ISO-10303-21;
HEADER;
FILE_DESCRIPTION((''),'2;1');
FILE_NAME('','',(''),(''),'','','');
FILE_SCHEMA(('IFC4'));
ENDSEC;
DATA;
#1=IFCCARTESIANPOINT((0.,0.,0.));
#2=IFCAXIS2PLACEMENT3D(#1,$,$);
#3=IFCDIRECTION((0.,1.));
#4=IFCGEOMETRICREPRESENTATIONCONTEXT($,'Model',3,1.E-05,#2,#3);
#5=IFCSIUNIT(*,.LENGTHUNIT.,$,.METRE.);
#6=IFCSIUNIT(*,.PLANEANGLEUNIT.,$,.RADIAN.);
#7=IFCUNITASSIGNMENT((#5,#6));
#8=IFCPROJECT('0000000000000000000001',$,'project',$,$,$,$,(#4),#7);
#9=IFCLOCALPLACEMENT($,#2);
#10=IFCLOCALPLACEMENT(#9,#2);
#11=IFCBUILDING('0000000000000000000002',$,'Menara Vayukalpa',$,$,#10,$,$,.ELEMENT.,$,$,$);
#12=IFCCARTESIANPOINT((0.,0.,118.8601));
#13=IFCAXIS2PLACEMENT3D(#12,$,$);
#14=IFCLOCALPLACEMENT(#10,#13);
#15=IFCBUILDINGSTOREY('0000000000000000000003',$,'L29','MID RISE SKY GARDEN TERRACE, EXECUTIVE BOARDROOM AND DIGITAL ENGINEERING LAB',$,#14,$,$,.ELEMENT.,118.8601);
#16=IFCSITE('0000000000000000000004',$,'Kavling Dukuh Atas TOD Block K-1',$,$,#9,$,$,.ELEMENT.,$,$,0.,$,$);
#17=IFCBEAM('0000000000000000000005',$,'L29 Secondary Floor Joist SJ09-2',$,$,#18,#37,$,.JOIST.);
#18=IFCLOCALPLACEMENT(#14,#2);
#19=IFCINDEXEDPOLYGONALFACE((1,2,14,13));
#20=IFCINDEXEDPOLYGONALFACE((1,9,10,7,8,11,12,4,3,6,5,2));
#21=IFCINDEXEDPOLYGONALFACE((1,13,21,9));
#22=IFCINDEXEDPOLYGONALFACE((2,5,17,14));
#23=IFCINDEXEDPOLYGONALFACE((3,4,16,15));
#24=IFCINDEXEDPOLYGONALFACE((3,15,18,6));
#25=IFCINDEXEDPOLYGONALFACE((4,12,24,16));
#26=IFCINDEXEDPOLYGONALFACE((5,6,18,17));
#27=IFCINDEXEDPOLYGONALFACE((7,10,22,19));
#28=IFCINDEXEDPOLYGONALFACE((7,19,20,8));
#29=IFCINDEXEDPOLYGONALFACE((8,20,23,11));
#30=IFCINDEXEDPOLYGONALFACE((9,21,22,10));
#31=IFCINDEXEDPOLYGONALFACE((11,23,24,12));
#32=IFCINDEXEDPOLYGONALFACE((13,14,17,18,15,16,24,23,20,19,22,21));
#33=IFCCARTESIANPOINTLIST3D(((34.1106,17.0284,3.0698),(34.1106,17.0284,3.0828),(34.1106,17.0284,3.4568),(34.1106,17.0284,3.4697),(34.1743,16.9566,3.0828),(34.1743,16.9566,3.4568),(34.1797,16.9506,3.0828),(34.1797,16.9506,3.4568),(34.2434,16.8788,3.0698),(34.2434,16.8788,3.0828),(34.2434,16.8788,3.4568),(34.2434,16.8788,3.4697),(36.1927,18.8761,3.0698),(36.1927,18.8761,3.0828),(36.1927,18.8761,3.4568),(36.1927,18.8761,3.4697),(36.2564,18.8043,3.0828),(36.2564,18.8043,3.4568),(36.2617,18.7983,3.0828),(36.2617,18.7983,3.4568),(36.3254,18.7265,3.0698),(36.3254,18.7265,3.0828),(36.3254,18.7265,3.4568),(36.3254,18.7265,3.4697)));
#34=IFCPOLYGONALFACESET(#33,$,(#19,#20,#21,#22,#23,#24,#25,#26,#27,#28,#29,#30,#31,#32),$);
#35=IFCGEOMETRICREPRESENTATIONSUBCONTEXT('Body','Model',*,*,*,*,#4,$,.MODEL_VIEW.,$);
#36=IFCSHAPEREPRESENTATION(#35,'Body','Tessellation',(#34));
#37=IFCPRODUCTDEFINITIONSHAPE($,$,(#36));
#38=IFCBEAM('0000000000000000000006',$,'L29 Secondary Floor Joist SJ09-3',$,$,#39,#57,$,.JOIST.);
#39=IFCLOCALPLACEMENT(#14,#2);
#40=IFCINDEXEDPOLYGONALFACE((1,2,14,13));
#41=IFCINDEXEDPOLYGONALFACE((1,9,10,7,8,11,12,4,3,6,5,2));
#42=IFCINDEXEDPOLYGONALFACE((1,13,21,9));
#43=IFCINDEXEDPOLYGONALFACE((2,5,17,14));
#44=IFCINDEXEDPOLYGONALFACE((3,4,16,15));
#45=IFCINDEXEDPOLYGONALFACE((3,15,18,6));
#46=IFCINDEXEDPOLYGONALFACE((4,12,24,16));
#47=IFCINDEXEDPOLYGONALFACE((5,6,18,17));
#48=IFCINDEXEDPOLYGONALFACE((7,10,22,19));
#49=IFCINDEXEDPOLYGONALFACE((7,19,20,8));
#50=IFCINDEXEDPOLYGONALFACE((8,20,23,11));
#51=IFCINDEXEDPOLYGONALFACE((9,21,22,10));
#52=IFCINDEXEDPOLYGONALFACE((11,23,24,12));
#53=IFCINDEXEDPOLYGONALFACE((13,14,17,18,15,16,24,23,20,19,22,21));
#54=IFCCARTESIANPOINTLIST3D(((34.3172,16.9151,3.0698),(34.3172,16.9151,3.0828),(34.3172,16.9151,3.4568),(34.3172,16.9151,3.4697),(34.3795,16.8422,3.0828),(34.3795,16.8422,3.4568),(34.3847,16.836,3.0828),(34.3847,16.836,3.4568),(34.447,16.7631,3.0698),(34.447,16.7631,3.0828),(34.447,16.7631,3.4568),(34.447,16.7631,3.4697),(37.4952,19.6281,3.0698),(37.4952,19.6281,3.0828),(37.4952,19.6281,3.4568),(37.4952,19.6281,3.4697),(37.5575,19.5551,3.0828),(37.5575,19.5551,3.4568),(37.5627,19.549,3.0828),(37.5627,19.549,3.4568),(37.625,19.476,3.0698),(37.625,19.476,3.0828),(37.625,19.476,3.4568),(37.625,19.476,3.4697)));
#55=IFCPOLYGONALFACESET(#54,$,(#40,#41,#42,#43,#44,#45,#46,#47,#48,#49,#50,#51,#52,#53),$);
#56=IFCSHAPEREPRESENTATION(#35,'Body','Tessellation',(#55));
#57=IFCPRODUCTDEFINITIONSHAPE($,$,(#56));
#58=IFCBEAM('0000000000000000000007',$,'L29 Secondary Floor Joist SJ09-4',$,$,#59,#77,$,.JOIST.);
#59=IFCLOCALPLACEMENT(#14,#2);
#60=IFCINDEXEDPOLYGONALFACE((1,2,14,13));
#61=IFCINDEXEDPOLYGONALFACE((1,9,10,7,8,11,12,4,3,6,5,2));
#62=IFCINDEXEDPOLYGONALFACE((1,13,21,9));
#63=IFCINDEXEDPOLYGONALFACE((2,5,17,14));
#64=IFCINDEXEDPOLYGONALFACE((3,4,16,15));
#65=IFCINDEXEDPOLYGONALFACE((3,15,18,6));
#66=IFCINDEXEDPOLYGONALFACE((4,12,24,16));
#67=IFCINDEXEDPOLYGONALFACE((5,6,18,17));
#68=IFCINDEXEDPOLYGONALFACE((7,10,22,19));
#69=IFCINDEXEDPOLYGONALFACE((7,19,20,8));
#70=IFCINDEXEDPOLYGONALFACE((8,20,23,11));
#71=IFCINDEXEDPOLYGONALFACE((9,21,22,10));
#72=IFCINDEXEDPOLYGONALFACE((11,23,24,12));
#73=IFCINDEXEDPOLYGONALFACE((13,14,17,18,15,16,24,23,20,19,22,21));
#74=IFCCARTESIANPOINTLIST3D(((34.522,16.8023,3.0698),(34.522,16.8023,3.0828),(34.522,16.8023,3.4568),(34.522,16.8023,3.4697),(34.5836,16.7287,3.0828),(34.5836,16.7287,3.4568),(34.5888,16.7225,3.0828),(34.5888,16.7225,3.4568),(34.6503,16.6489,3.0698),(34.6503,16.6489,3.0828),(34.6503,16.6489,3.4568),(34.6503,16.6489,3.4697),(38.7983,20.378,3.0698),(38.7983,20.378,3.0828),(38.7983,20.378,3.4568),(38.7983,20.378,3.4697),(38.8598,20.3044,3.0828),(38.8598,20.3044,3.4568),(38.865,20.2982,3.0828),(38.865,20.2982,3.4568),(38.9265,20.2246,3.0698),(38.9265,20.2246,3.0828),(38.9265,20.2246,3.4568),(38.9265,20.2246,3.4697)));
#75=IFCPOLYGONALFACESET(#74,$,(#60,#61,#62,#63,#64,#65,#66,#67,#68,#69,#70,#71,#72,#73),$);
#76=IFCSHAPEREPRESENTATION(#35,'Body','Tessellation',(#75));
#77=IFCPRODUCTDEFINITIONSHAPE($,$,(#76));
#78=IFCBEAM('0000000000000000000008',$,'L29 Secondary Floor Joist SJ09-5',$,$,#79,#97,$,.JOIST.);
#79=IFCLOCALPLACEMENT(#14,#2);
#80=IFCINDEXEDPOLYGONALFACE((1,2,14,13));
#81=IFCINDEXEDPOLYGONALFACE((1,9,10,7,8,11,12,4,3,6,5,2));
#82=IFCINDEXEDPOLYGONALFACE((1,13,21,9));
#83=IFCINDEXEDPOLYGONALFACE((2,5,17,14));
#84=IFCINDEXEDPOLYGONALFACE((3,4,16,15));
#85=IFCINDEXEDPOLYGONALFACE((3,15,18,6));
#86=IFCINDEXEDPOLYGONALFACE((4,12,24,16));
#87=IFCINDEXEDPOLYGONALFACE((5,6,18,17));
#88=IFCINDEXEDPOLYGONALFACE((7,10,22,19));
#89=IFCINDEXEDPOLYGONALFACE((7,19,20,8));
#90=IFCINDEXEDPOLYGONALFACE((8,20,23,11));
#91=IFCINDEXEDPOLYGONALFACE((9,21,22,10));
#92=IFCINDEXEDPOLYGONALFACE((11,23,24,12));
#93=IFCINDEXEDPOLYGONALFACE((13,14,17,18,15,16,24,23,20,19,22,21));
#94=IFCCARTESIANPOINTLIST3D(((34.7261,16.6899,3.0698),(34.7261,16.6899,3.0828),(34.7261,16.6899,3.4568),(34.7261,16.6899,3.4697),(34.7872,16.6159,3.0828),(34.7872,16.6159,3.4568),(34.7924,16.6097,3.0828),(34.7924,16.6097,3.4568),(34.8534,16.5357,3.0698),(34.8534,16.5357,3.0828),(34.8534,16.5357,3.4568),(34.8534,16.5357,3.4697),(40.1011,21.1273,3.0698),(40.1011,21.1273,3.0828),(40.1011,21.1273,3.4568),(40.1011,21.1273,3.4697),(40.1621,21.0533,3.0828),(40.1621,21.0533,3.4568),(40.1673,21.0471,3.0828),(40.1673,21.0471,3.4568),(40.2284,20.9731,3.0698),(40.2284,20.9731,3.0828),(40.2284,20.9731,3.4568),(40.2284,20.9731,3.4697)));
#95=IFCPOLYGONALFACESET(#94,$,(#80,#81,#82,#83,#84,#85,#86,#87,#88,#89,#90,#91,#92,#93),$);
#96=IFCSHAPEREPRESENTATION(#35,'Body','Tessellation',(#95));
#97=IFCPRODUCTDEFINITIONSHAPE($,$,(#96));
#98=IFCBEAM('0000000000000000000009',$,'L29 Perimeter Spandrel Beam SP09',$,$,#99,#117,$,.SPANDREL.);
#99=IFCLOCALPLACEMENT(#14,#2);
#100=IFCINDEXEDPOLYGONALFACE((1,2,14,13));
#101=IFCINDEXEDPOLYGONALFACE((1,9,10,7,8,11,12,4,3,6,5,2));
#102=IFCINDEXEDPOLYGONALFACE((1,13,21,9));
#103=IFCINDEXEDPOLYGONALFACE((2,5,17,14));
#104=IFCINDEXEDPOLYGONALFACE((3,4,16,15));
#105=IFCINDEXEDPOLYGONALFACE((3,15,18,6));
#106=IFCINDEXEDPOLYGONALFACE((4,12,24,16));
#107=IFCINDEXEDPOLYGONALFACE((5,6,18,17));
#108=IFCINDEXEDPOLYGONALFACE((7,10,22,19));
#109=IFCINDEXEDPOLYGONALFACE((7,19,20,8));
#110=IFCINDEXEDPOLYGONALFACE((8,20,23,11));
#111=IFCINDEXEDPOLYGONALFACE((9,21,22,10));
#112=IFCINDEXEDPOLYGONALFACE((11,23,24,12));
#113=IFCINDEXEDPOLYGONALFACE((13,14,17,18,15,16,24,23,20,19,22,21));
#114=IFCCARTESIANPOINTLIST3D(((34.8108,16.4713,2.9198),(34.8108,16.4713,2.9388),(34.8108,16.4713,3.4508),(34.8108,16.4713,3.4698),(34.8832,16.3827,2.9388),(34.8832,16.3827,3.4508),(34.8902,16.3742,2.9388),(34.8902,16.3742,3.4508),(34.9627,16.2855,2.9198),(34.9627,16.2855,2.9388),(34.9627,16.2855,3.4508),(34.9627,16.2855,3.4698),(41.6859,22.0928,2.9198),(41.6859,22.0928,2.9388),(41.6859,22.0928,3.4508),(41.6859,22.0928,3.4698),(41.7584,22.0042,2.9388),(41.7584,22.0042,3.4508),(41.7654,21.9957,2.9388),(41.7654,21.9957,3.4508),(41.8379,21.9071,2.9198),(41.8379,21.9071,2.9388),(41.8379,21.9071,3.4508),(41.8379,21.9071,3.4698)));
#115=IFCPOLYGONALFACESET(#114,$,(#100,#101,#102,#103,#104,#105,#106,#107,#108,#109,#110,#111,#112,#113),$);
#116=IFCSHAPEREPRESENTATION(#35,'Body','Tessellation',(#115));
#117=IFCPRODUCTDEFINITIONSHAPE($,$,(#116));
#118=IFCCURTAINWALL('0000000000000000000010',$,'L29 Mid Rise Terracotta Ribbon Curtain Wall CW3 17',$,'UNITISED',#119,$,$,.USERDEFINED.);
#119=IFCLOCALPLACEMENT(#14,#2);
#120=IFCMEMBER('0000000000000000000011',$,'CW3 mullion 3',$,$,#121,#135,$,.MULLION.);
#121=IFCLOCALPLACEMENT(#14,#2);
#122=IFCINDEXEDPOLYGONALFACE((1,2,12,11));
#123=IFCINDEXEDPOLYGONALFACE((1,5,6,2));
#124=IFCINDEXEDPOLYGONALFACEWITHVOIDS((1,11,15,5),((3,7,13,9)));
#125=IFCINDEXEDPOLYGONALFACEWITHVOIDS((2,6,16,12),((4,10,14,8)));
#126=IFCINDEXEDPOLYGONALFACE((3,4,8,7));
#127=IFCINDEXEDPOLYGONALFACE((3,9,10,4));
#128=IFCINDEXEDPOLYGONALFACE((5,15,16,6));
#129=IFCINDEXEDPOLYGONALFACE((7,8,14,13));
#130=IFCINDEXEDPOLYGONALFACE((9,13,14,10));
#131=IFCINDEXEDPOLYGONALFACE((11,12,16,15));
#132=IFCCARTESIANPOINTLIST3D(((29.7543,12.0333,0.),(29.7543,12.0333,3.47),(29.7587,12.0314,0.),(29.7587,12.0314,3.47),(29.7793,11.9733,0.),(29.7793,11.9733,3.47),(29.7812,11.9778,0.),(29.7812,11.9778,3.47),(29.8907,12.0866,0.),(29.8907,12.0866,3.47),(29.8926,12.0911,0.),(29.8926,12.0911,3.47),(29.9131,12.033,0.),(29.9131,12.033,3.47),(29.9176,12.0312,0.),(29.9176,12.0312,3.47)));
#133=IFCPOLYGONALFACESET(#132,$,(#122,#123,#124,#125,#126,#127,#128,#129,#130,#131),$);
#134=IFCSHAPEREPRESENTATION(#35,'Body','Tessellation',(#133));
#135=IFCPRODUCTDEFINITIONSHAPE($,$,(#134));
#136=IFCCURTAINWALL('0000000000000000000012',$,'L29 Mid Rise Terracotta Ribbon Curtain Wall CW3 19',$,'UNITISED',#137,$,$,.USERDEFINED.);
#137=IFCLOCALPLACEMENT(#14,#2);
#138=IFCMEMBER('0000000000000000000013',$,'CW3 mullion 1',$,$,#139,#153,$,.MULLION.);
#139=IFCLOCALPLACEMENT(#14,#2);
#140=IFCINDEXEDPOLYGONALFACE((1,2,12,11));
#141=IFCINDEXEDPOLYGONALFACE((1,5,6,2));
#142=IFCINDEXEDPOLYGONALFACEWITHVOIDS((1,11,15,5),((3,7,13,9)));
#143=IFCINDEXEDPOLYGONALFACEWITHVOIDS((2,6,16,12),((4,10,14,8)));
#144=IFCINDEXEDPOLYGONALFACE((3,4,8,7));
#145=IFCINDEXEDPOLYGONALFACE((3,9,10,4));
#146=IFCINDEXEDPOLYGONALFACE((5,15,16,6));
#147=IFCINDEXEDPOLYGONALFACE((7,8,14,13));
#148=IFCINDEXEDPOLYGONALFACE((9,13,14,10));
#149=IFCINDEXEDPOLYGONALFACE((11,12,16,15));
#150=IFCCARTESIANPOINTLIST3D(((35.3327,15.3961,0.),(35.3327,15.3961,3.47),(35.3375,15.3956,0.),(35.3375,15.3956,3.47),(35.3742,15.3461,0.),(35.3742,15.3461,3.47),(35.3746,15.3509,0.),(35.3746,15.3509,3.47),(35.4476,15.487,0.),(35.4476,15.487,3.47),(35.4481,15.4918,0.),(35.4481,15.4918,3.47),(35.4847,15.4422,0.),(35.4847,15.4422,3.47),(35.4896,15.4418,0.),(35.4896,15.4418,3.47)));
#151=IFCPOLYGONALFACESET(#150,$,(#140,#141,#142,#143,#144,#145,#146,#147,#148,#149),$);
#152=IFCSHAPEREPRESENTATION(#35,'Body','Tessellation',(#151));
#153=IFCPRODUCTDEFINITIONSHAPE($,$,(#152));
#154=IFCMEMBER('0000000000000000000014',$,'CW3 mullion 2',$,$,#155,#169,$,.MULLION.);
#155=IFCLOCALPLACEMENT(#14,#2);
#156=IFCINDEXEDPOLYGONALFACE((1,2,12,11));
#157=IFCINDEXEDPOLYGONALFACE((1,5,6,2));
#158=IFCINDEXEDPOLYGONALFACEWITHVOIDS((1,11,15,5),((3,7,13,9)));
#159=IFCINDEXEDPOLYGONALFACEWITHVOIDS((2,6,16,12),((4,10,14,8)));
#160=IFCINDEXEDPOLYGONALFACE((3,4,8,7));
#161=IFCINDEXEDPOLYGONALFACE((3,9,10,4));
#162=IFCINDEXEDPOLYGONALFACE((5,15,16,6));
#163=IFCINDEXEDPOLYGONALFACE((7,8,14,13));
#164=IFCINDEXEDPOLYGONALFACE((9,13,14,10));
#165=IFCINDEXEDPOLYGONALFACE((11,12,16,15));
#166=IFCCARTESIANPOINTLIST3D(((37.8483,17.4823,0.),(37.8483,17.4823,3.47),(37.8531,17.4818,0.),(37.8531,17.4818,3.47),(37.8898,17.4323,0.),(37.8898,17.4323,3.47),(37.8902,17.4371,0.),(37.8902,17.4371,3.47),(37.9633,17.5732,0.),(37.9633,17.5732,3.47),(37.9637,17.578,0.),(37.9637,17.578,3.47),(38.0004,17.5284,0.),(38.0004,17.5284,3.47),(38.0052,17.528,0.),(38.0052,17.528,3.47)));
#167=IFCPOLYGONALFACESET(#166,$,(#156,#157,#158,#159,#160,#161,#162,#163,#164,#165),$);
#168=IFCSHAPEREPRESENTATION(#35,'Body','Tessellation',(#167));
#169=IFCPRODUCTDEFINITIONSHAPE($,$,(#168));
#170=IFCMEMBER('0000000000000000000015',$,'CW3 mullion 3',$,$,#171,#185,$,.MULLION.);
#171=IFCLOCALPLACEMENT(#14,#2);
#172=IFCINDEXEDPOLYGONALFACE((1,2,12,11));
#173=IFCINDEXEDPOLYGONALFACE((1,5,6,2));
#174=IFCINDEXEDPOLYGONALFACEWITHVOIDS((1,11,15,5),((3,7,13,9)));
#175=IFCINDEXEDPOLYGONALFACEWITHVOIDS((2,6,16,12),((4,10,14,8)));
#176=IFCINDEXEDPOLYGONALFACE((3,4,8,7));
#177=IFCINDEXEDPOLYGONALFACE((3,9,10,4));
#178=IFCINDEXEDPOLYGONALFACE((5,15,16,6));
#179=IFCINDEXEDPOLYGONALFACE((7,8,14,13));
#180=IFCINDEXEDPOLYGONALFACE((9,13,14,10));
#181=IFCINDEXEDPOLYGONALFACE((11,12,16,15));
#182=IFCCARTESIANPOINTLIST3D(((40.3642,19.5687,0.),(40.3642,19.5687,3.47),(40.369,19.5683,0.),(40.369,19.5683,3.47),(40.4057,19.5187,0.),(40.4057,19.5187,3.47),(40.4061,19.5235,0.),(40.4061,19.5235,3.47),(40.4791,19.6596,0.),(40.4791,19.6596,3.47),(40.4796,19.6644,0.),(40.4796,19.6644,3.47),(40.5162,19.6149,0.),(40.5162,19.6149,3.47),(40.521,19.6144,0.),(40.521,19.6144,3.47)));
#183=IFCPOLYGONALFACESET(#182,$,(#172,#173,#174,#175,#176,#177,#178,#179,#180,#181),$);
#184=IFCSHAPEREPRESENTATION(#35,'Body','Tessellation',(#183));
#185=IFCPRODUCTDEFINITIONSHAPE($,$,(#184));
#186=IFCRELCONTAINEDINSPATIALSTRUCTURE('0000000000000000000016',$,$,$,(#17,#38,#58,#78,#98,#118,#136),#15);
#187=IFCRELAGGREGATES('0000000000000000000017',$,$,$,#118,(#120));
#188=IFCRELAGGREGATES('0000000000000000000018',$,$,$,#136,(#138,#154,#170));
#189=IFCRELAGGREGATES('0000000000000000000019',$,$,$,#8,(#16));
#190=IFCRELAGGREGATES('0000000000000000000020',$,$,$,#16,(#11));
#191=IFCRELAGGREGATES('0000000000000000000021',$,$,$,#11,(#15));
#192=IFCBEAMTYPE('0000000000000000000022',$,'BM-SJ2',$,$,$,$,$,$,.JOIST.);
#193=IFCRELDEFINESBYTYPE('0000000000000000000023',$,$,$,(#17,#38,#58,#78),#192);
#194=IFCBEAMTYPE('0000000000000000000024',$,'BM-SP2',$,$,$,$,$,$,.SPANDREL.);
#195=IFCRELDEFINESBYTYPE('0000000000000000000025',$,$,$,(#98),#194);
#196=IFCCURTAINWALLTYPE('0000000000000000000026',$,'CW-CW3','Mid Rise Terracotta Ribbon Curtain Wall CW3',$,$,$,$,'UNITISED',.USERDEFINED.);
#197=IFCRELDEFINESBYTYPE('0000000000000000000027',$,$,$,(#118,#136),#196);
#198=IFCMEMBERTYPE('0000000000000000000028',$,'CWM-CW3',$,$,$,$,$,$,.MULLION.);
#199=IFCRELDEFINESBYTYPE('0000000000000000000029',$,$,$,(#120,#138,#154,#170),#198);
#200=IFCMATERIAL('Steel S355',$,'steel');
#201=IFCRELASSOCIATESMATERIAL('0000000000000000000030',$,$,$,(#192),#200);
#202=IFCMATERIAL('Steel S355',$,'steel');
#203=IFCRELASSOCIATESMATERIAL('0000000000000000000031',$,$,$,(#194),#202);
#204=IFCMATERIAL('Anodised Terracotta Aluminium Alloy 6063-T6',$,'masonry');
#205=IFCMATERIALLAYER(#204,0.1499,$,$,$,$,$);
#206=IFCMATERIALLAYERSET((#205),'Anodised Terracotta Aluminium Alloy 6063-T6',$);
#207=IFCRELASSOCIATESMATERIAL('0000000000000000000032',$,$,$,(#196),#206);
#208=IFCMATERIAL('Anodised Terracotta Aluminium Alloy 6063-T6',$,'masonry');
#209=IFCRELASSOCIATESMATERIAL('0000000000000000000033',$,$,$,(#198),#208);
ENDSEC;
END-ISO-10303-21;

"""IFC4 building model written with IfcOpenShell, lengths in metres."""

from ifc_helpers import new_model, si_unit, direction, frame, origin, origin_2d, place, context, subcontext, project, spatial, hollow_rectangle, i_section, extrude, material, layer, layer_set, material_profile, profile_set, type_object, element, aggregate, save


model = new_model("IFC4")

# Units and contexts
model_context = context("Model", 3, precision=1e-05, world=origin(), true_north=direction((0.0, 1.0)))
body_context = subcontext(model_context, "Body", "Model", "MODEL_VIEW")
ifc_project = project(units=[si_unit("LENGTHUNIT", "METRE"), si_unit("PLANEANGLEUNIT", "RADIAN")], contexts=[model_context])

# Site, building, storey
site_placement = place(None, origin())
site = spatial("IfcSite", under=ifc_project, at=site_placement, Name="Kavling Dukuh Atas TOD Block K-1", CompositionType="ELEMENT", RefElevation=0.0)
building_placement = place(site_placement, origin())
building = spatial("IfcBuilding", under=site, at=building_placement, Name="Menara Vayukalpa", CompositionType="ELEMENT")
storey_placement = place(building_placement, frame((0.0, 0.0, 118.8601)))
storey = spatial("IfcBuildingStorey", under=building, at=storey_placement, Name="L29", Description="MID RISE SKY GARDEN TERRACE, EXECUTIVE BOARDROOM AND DIGITAL ENGINEERING LAB", CompositionType="ELEMENT", Elevation=118.8601)

# Beams
ifc_material_1 = material(Name="Steel S355", Category="steel")
ifc_material_profile_1 = material_profile(ifc_material_1, i_section(OverallWidth=0.2, OverallDepth=0.3999, WebThickness=0.0081, FlangeThickness=0.0129, at=origin_2d()), Name="WF 400x200x8x13")
ifc_profile_set_1 = profile_set([ifc_material_profile_1], Name="Steel S355")
beam_type_1 = type_object("IfcBeamType", Name="BM-SJ2", PredefinedType="JOIST", material=ifc_profile_set_1)
beam_1_placement = place(storey_placement, frame((34.177, 16.9536, 3.2698), z_axis=(0.747951, 0.663754, 0.0), x_axis=(-0.663754, 0.747951, 0.0)))
element("IfcBeam", 1, at=beam_1_placement, inside=storey, type_object=beam_type_1, Name="L29 Secondary Floor Joist SJ09-2", PredefinedType="JOIST", context=body_context, shape_type="SweptSolid", body=[
    extrude(i_section(OverallWidth=0.2, OverallDepth=0.3999, WebThickness=0.0081, FlangeThickness=0.0129, at=origin_2d()), origin(), (0.0, 0.0, 1.0), 2.7837),
])
beam_2_placement = place(storey_placement, frame((34.3821, 16.8391, 3.2698), z_axis=(0.760567, 0.64926, 0.0), x_axis=(-0.64926, 0.760567, 0.0)))
element("IfcBeam", 2, at=beam_2_placement, inside=storey, type_object=beam_type_1, Name="L29 Secondary Floor Joist SJ09-3", PredefinedType="JOIST", context=body_context, shape_type="SweptSolid", body=[
    extrude(i_section(OverallWidth=0.2, OverallDepth=0.3999, WebThickness=0.0081, FlangeThickness=0.0129, at=origin_2d()), origin(), (0.0, 0.0, 1.0), 4.1785),
])
beam_3_placement = place(storey_placement, frame((34.5862, 16.7256, 3.2698), z_axis=(0.76714, 0.64148, 0.0), x_axis=(-0.64148, 0.76714, 0.0)))
element("IfcBeam", 3, at=beam_3_placement, inside=storey, type_object=beam_type_1, Name="L29 Secondary Floor Joist SJ09-4", PredefinedType="JOIST", context=body_context, shape_type="SweptSolid", body=[
    extrude(i_section(OverallWidth=0.2, OverallDepth=0.3999, WebThickness=0.0081, FlangeThickness=0.0129, at=origin_2d()), origin(), (0.0, 0.0, 1.0), 5.5742),
])
beam_4_placement = place(storey_placement, frame((34.7898, 16.6128, 3.2698), z_axis=(0.771153, 0.63665, 0.0), x_axis=(-0.63665, 0.771153, 0.0)))
element("IfcBeam", 4, at=beam_4_placement, inside=storey, type_object=beam_type_1, Name="L29 Secondary Floor Joist SJ09-5", PredefinedType="JOIST", context=body_context, shape_type="SweptSolid", body=[
    extrude(i_section(OverallWidth=0.2, OverallDepth=0.3999, WebThickness=0.0081, FlangeThickness=0.0129, at=origin_2d()), origin(), (0.0, 0.0, 1.0), 6.97),
])
ifc_material_2 = material(Name="Steel S355", Category="steel")
ifc_material_profile_2 = material_profile(ifc_material_2, i_section(OverallWidth=0.24, OverallDepth=0.55, WebThickness=0.011, FlangeThickness=0.019, at=origin_2d()), Name="WF 550x240x11x19")
ifc_profile_set_2 = profile_set([ifc_material_profile_2], Name="Steel S355")
beam_type_2 = type_object("IfcBeamType", Name="BM-SP2", PredefinedType="SPANDREL", material=ifc_profile_set_2)
beam_5_placement = place(storey_placement, frame((34.8867, 16.3784, 3.1948), z_axis=(0.774157, 0.632994, 0.0), x_axis=(-0.632994, 0.774157, 0.0)))
element("IfcBeam", 5, at=beam_5_placement, inside=storey, type_object=beam_type_2, Name="L29 Perimeter Spandrel Beam SP09", PredefinedType="SPANDREL", context=body_context, shape_type="SweptSolid", body=[
    extrude(i_section(OverallWidth=0.24, OverallDepth=0.55, WebThickness=0.011, FlangeThickness=0.019, at=origin_2d()), origin(), (0.0, 0.0, 1.0), 8.8809),
])

# Curtain wall, member
ifc_material_3 = material(Name="Anodised Terracotta Aluminium Alloy 6063-T6", Category="masonry")
ifc_layer_1 = layer(ifc_material_3, 0.1499)
ifc_layer_set_1 = layer_set([ifc_layer_1], Name="Anodised Terracotta Aluminium Alloy 6063-T6")
curtain_wall_type = type_object("IfcCurtainWallType", Name="CW-CW3", Description="Mid Rise Terracotta Ribbon Curtain Wall CW3", ElementType="UNITISED", PredefinedType="USERDEFINED", material=ifc_layer_set_1)
curtain_wall_1_placement = place(storey_placement, origin())
curtain_wall_1 = element("IfcCurtainWall", 6, at=curtain_wall_1_placement, inside=storey, type_object=curtain_wall_type, Name="L29 Mid Rise Terracotta Ribbon Curtain Wall CW3 17", ObjectType="UNITISED", PredefinedType="USERDEFINED")
ifc_material_4 = material(Name="Anodised Terracotta Aluminium Alloy 6063-T6", Category="masonry")
ifc_material_profile_3 = material_profile(ifc_material_4, hollow_rectangle(XDim=0.0649, YDim=0.1499, WallThickness=0.0034, at=origin_2d()), Name="ALU 65x150x3.5")
ifc_profile_set_3 = profile_set([ifc_material_profile_3], Name="Anodised Terracotta Aluminium Alloy 6063-T6")
member_type_1 = type_object("IfcMemberType", Name="CWM-CW3", PredefinedType="MULLION", material=ifc_profile_set_3)
member_1_placement = place(storey_placement, frame((29.8359, 12.0322, 0.0), z_axis=(0.0, 0.0, 1.0), x_axis=(-0.385894, 0.922543, 0.0)))
member_1 = element("IfcMember", 7, at=member_1_placement, type_object=member_type_1, Name="CW3 mullion 3", PredefinedType="MULLION", context=body_context, shape_type="SweptSolid", body=[
    extrude(hollow_rectangle(XDim=0.0649, YDim=0.1499, WallThickness=0.0034, at=origin_2d()), origin(), (0.0, 0.0, 1.0), 3.47),
])
aggregate(curtain_wall_1, [member_1])

# Curtain wall, members
curtain_wall_2_placement = place(storey_placement, origin())
curtain_wall_2 = element("IfcCurtainWall", 8, at=curtain_wall_2_placement, inside=storey, type_object=curtain_wall_type, Name="L29 Mid Rise Terracotta Ribbon Curtain Wall CW3 19", ObjectType="UNITISED", PredefinedType="USERDEFINED")
member_2_placement = place(storey_placement, frame((35.4111, 15.4189, 0.0), z_axis=(0.0, 0.0, 1.0), x_axis=(-0.638346, 0.76975, 0.0)))
member_2 = element("IfcMember", 9, at=member_2_placement, type_object=member_type_1, Name="CW3 mullion 1", PredefinedType="MULLION", context=body_context, shape_type="SweptSolid", body=[
    extrude(hollow_rectangle(XDim=0.0649, YDim=0.1499, WallThickness=0.0034, at=origin_2d()), origin(), (0.0, 0.0, 1.0), 3.47),
])
member_3_placement = place(storey_placement, frame((37.9268, 17.5051, 0.0), z_axis=(0.0, 0.0, 1.0), x_axis=(-0.638346, 0.76975, 0.0)))
member_3 = element("IfcMember", 10, at=member_3_placement, type_object=member_type_1, Name="CW3 mullion 2", PredefinedType="MULLION", context=body_context, shape_type="SweptSolid", body=[
    extrude(hollow_rectangle(XDim=0.0649, YDim=0.1499, WallThickness=0.0034, at=origin_2d()), origin(), (0.0, 0.0, 1.0), 3.47),
])
member_4_placement = place(storey_placement, frame((40.4426, 19.5916, 0.0), z_axis=(0.0, 0.0, 1.0), x_axis=(-0.638346, 0.76975, 0.0)))
member_4 = element("IfcMember", 11, at=member_4_placement, type_object=member_type_1, Name="CW3 mullion 3", PredefinedType="MULLION", context=body_context, shape_type="SweptSolid", body=[
    extrude(hollow_rectangle(XDim=0.0649, YDim=0.1499, WallThickness=0.0034, at=origin_2d()), origin(), (0.0, 0.0, 1.0), 3.47),
])
aggregate(curtain_wall_2, [member_2, member_3, member_4])

save(model, "model.ifc")
